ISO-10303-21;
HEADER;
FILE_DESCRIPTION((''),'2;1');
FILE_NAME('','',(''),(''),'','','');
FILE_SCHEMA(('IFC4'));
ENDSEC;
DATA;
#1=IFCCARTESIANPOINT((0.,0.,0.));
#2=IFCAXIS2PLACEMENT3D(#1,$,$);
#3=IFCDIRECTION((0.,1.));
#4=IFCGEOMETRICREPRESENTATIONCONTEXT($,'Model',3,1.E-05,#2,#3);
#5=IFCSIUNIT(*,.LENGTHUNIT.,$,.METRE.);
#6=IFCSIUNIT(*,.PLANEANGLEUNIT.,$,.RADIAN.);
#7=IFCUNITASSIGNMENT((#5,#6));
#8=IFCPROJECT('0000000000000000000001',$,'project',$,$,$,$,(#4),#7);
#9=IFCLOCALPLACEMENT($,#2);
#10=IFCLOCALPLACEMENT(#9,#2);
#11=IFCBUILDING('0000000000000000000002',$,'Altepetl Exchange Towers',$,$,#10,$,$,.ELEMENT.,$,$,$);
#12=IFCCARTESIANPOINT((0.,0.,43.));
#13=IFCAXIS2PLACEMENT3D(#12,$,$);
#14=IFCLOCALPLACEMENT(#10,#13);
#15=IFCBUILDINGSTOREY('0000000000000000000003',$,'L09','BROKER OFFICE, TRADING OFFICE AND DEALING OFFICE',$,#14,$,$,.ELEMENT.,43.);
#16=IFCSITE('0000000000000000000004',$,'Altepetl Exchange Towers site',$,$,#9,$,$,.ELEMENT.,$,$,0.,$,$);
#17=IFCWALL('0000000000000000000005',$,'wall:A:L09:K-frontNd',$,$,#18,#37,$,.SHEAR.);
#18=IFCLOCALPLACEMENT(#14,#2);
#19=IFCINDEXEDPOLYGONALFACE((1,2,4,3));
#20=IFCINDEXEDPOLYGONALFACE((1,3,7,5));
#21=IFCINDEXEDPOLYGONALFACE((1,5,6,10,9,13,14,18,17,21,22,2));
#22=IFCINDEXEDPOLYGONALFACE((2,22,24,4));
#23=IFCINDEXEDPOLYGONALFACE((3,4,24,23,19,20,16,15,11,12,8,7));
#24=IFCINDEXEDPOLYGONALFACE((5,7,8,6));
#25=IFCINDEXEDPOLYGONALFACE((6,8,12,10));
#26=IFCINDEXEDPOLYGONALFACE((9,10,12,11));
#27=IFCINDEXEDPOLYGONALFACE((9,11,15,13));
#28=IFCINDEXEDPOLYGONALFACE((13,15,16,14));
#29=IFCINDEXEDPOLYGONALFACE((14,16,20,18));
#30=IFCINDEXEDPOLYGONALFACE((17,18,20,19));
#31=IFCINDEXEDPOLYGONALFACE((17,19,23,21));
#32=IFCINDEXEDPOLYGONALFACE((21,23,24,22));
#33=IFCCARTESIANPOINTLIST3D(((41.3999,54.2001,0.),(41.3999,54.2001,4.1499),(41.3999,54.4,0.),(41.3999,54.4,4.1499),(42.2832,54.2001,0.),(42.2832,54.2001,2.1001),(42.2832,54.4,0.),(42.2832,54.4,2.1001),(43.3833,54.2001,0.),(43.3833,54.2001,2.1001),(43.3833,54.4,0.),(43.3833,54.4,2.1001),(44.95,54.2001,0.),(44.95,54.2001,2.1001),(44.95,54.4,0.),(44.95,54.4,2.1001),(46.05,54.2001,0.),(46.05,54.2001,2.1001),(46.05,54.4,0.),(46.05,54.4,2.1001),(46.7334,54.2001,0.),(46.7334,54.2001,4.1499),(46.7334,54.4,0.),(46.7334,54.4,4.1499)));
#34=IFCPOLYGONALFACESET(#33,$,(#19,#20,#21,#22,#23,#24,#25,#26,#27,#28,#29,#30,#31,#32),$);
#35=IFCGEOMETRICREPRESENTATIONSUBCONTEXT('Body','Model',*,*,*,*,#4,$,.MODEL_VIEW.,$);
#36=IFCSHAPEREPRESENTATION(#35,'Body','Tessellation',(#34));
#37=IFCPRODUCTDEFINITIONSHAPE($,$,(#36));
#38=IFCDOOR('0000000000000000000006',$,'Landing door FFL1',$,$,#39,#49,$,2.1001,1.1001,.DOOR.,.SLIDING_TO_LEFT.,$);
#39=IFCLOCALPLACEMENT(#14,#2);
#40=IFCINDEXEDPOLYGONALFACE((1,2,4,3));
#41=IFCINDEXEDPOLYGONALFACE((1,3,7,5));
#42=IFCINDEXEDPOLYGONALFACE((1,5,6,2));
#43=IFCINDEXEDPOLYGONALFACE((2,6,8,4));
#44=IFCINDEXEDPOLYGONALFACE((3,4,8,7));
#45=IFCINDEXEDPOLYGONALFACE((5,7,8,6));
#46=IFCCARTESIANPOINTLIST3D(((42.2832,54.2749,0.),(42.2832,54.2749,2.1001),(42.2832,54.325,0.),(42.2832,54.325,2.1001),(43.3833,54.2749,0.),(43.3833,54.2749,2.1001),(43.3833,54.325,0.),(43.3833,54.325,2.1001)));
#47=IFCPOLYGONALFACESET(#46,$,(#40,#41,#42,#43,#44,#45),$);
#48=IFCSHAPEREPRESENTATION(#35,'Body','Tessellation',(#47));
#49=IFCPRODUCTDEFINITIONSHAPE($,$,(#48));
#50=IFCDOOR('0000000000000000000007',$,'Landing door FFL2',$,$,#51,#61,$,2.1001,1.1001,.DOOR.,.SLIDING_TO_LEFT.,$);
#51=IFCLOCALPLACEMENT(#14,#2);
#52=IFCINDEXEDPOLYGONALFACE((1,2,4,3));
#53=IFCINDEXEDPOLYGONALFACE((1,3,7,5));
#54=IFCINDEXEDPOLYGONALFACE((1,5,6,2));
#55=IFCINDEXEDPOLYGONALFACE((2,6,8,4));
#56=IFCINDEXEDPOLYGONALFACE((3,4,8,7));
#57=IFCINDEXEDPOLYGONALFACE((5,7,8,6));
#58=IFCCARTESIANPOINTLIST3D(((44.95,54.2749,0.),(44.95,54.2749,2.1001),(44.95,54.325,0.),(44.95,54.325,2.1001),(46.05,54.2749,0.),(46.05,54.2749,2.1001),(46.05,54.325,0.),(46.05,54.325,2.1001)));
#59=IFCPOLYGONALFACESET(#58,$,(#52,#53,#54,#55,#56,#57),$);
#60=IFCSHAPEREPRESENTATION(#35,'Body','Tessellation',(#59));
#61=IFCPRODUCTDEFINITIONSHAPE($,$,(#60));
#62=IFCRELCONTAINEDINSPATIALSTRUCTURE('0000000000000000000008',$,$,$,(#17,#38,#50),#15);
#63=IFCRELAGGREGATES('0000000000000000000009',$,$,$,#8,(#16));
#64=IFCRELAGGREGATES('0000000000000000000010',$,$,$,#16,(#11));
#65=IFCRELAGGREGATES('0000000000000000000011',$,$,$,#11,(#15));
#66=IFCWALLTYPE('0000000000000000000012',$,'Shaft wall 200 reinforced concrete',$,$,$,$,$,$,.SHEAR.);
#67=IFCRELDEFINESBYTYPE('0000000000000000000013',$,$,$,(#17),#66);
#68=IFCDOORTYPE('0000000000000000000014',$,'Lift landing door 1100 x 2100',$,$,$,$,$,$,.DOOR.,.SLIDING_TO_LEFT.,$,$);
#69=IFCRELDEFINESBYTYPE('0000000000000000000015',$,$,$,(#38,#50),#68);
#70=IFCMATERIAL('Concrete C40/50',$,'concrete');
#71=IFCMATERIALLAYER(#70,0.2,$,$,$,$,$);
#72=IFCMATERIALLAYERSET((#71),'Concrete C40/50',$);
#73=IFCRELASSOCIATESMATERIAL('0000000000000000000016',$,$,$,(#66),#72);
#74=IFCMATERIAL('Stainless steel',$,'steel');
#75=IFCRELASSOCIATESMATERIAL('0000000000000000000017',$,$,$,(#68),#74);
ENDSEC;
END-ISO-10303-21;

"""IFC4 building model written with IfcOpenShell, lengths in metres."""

from ifc_helpers import new_model, si_unit, direction, frame, frame_2d, origin, place, context, subcontext, project, spatial, rectangle, extrude, material, layer, layer_set, type_object, element, fill, save


model = new_model("IFC4")

# Units and contexts
model_context = context("Model", 3, precision=1e-05, world=origin(), true_north=direction((0.0, 1.0)))
body_context = subcontext(model_context, "Body", "Model", "MODEL_VIEW")
ifc_project = project(units=[si_unit("LENGTHUNIT", "METRE"), si_unit("PLANEANGLEUNIT", "RADIAN")], contexts=[model_context])

# Site, building, storey
site_placement = place(None, origin())
site = spatial("IfcSite", under=ifc_project, at=site_placement, Name="Altepetl Exchange Towers site", CompositionType="ELEMENT", RefElevation=0.0)
building_placement = place(site_placement, origin())
building = spatial("IfcBuilding", under=site, at=building_placement, Name="Altepetl Exchange Towers", CompositionType="ELEMENT")
storey_placement = place(building_placement, frame((0.0, 0.0, 43.0)))
storey = spatial("IfcBuildingStorey", under=building, at=storey_placement, Name="L09", Description="BROKER OFFICE, TRADING OFFICE AND DEALING OFFICE", CompositionType="ELEMENT", Elevation=43.0)

# Wall, openings, doors
ifc_material_1 = material(Name="Concrete C40/50", Category="concrete")
ifc_layer_1 = layer(ifc_material_1, 0.2)
ifc_layer_set_1 = layer_set([ifc_layer_1], Name="Concrete C40/50")
wall_type_1 = type_object("IfcWallType", Name="Shaft wall 200 reinforced concrete", PredefinedType="SHEAR", material=ifc_layer_set_1)
wall_1_placement = place(storey_placement, frame((41.3999, 54.3, 0.0)))
wall_1 = element("IfcWall", 1, at=wall_1_placement, inside=storey, type_object=wall_type_1, Name="wall:A:L09:K-frontNd", PredefinedType="SHEAR", context=body_context, shape_type="SweptSolid", body=[
    extrude(rectangle(XDim=5.3335, YDim=0.2, at=frame_2d((2.6667, 0.0))), origin(), (0.0, 0.0, 1.0), 4.1499),
])
opening_1_placement = place(wall_1_placement, frame((0.8833, 0.0, 0.0)))
opening_1 = element("IfcOpeningElement", 2, at=opening_1_placement, cuts=wall_1, PredefinedType="OPENING", context=body_context, shape_type="SweptSolid", body=[
    extrude(rectangle(XDim=1.1001, YDim=2.1001, at=frame_2d((0.55, 1.05))), frame((0.0, 0.1099, 0.0), z_axis=(0.0, -1.0, 0.0), x_axis=(1.0, 0.0, 0.0)), (0.0, 0.0, 1.0), 0.22),
])
opening_2_placement = place(wall_1_placement, frame((3.55, 0.0, 0.0)))
opening_2 = element("IfcOpeningElement", 3, at=opening_2_placement, cuts=wall_1, PredefinedType="OPENING", context=body_context, shape_type="SweptSolid", body=[
    extrude(rectangle(XDim=1.1001, YDim=2.1001, at=frame_2d((0.55, 1.05))), frame((0.0, 0.1099, 0.0), z_axis=(0.0, -1.0, 0.0), x_axis=(1.0, 0.0, 0.0)), (0.0, 0.0, 1.0), 0.22),
])
ifc_material_2 = material(Name="Stainless steel", Category="steel")
door_type_1 = type_object("IfcDoorType", Name="Lift landing door 1100 x 2100", OperationType="SLIDING_TO_LEFT", PredefinedType="DOOR", material=ifc_material_2)
door_1_placement = place(opening_1_placement, origin())
door_1 = element("IfcDoor", 4, at=door_1_placement, inside=storey, type_object=door_type_1, Name="Landing door FFL1", OperationType="SLIDING_TO_LEFT", OverallHeight=2.1001, OverallWidth=1.1001, PredefinedType="DOOR", context=body_context, shape_type="SweptSolid", body=[
    extrude(rectangle(XDim=1.1001, YDim=2.1001, at=frame_2d((0.55, 1.05))), frame((0.0, 0.0249, 0.0), z_axis=(0.0, -1.0, 0.0), x_axis=(1.0, 0.0, 0.0)), (0.0, 0.0, 1.0), 0.05),
])
fill(opening_1, door_1)
door_2_placement = place(opening_2_placement, origin())
door_2 = element("IfcDoor", 5, at=door_2_placement, inside=storey, type_object=door_type_1, Name="Landing door FFL2", OperationType="SLIDING_TO_LEFT", OverallHeight=2.1001, OverallWidth=1.1001, PredefinedType="DOOR", context=body_context, shape_type="SweptSolid", body=[
    extrude(rectangle(XDim=1.1001, YDim=2.1001, at=frame_2d((0.55, 1.05))), frame((0.0, 0.0249, 0.0), z_axis=(0.0, -1.0, 0.0), x_axis=(1.0, 0.0, 0.0)), (0.0, 0.0, 1.0), 0.05),
])
fill(opening_2, door_2)

save(model, "model.ifc")
